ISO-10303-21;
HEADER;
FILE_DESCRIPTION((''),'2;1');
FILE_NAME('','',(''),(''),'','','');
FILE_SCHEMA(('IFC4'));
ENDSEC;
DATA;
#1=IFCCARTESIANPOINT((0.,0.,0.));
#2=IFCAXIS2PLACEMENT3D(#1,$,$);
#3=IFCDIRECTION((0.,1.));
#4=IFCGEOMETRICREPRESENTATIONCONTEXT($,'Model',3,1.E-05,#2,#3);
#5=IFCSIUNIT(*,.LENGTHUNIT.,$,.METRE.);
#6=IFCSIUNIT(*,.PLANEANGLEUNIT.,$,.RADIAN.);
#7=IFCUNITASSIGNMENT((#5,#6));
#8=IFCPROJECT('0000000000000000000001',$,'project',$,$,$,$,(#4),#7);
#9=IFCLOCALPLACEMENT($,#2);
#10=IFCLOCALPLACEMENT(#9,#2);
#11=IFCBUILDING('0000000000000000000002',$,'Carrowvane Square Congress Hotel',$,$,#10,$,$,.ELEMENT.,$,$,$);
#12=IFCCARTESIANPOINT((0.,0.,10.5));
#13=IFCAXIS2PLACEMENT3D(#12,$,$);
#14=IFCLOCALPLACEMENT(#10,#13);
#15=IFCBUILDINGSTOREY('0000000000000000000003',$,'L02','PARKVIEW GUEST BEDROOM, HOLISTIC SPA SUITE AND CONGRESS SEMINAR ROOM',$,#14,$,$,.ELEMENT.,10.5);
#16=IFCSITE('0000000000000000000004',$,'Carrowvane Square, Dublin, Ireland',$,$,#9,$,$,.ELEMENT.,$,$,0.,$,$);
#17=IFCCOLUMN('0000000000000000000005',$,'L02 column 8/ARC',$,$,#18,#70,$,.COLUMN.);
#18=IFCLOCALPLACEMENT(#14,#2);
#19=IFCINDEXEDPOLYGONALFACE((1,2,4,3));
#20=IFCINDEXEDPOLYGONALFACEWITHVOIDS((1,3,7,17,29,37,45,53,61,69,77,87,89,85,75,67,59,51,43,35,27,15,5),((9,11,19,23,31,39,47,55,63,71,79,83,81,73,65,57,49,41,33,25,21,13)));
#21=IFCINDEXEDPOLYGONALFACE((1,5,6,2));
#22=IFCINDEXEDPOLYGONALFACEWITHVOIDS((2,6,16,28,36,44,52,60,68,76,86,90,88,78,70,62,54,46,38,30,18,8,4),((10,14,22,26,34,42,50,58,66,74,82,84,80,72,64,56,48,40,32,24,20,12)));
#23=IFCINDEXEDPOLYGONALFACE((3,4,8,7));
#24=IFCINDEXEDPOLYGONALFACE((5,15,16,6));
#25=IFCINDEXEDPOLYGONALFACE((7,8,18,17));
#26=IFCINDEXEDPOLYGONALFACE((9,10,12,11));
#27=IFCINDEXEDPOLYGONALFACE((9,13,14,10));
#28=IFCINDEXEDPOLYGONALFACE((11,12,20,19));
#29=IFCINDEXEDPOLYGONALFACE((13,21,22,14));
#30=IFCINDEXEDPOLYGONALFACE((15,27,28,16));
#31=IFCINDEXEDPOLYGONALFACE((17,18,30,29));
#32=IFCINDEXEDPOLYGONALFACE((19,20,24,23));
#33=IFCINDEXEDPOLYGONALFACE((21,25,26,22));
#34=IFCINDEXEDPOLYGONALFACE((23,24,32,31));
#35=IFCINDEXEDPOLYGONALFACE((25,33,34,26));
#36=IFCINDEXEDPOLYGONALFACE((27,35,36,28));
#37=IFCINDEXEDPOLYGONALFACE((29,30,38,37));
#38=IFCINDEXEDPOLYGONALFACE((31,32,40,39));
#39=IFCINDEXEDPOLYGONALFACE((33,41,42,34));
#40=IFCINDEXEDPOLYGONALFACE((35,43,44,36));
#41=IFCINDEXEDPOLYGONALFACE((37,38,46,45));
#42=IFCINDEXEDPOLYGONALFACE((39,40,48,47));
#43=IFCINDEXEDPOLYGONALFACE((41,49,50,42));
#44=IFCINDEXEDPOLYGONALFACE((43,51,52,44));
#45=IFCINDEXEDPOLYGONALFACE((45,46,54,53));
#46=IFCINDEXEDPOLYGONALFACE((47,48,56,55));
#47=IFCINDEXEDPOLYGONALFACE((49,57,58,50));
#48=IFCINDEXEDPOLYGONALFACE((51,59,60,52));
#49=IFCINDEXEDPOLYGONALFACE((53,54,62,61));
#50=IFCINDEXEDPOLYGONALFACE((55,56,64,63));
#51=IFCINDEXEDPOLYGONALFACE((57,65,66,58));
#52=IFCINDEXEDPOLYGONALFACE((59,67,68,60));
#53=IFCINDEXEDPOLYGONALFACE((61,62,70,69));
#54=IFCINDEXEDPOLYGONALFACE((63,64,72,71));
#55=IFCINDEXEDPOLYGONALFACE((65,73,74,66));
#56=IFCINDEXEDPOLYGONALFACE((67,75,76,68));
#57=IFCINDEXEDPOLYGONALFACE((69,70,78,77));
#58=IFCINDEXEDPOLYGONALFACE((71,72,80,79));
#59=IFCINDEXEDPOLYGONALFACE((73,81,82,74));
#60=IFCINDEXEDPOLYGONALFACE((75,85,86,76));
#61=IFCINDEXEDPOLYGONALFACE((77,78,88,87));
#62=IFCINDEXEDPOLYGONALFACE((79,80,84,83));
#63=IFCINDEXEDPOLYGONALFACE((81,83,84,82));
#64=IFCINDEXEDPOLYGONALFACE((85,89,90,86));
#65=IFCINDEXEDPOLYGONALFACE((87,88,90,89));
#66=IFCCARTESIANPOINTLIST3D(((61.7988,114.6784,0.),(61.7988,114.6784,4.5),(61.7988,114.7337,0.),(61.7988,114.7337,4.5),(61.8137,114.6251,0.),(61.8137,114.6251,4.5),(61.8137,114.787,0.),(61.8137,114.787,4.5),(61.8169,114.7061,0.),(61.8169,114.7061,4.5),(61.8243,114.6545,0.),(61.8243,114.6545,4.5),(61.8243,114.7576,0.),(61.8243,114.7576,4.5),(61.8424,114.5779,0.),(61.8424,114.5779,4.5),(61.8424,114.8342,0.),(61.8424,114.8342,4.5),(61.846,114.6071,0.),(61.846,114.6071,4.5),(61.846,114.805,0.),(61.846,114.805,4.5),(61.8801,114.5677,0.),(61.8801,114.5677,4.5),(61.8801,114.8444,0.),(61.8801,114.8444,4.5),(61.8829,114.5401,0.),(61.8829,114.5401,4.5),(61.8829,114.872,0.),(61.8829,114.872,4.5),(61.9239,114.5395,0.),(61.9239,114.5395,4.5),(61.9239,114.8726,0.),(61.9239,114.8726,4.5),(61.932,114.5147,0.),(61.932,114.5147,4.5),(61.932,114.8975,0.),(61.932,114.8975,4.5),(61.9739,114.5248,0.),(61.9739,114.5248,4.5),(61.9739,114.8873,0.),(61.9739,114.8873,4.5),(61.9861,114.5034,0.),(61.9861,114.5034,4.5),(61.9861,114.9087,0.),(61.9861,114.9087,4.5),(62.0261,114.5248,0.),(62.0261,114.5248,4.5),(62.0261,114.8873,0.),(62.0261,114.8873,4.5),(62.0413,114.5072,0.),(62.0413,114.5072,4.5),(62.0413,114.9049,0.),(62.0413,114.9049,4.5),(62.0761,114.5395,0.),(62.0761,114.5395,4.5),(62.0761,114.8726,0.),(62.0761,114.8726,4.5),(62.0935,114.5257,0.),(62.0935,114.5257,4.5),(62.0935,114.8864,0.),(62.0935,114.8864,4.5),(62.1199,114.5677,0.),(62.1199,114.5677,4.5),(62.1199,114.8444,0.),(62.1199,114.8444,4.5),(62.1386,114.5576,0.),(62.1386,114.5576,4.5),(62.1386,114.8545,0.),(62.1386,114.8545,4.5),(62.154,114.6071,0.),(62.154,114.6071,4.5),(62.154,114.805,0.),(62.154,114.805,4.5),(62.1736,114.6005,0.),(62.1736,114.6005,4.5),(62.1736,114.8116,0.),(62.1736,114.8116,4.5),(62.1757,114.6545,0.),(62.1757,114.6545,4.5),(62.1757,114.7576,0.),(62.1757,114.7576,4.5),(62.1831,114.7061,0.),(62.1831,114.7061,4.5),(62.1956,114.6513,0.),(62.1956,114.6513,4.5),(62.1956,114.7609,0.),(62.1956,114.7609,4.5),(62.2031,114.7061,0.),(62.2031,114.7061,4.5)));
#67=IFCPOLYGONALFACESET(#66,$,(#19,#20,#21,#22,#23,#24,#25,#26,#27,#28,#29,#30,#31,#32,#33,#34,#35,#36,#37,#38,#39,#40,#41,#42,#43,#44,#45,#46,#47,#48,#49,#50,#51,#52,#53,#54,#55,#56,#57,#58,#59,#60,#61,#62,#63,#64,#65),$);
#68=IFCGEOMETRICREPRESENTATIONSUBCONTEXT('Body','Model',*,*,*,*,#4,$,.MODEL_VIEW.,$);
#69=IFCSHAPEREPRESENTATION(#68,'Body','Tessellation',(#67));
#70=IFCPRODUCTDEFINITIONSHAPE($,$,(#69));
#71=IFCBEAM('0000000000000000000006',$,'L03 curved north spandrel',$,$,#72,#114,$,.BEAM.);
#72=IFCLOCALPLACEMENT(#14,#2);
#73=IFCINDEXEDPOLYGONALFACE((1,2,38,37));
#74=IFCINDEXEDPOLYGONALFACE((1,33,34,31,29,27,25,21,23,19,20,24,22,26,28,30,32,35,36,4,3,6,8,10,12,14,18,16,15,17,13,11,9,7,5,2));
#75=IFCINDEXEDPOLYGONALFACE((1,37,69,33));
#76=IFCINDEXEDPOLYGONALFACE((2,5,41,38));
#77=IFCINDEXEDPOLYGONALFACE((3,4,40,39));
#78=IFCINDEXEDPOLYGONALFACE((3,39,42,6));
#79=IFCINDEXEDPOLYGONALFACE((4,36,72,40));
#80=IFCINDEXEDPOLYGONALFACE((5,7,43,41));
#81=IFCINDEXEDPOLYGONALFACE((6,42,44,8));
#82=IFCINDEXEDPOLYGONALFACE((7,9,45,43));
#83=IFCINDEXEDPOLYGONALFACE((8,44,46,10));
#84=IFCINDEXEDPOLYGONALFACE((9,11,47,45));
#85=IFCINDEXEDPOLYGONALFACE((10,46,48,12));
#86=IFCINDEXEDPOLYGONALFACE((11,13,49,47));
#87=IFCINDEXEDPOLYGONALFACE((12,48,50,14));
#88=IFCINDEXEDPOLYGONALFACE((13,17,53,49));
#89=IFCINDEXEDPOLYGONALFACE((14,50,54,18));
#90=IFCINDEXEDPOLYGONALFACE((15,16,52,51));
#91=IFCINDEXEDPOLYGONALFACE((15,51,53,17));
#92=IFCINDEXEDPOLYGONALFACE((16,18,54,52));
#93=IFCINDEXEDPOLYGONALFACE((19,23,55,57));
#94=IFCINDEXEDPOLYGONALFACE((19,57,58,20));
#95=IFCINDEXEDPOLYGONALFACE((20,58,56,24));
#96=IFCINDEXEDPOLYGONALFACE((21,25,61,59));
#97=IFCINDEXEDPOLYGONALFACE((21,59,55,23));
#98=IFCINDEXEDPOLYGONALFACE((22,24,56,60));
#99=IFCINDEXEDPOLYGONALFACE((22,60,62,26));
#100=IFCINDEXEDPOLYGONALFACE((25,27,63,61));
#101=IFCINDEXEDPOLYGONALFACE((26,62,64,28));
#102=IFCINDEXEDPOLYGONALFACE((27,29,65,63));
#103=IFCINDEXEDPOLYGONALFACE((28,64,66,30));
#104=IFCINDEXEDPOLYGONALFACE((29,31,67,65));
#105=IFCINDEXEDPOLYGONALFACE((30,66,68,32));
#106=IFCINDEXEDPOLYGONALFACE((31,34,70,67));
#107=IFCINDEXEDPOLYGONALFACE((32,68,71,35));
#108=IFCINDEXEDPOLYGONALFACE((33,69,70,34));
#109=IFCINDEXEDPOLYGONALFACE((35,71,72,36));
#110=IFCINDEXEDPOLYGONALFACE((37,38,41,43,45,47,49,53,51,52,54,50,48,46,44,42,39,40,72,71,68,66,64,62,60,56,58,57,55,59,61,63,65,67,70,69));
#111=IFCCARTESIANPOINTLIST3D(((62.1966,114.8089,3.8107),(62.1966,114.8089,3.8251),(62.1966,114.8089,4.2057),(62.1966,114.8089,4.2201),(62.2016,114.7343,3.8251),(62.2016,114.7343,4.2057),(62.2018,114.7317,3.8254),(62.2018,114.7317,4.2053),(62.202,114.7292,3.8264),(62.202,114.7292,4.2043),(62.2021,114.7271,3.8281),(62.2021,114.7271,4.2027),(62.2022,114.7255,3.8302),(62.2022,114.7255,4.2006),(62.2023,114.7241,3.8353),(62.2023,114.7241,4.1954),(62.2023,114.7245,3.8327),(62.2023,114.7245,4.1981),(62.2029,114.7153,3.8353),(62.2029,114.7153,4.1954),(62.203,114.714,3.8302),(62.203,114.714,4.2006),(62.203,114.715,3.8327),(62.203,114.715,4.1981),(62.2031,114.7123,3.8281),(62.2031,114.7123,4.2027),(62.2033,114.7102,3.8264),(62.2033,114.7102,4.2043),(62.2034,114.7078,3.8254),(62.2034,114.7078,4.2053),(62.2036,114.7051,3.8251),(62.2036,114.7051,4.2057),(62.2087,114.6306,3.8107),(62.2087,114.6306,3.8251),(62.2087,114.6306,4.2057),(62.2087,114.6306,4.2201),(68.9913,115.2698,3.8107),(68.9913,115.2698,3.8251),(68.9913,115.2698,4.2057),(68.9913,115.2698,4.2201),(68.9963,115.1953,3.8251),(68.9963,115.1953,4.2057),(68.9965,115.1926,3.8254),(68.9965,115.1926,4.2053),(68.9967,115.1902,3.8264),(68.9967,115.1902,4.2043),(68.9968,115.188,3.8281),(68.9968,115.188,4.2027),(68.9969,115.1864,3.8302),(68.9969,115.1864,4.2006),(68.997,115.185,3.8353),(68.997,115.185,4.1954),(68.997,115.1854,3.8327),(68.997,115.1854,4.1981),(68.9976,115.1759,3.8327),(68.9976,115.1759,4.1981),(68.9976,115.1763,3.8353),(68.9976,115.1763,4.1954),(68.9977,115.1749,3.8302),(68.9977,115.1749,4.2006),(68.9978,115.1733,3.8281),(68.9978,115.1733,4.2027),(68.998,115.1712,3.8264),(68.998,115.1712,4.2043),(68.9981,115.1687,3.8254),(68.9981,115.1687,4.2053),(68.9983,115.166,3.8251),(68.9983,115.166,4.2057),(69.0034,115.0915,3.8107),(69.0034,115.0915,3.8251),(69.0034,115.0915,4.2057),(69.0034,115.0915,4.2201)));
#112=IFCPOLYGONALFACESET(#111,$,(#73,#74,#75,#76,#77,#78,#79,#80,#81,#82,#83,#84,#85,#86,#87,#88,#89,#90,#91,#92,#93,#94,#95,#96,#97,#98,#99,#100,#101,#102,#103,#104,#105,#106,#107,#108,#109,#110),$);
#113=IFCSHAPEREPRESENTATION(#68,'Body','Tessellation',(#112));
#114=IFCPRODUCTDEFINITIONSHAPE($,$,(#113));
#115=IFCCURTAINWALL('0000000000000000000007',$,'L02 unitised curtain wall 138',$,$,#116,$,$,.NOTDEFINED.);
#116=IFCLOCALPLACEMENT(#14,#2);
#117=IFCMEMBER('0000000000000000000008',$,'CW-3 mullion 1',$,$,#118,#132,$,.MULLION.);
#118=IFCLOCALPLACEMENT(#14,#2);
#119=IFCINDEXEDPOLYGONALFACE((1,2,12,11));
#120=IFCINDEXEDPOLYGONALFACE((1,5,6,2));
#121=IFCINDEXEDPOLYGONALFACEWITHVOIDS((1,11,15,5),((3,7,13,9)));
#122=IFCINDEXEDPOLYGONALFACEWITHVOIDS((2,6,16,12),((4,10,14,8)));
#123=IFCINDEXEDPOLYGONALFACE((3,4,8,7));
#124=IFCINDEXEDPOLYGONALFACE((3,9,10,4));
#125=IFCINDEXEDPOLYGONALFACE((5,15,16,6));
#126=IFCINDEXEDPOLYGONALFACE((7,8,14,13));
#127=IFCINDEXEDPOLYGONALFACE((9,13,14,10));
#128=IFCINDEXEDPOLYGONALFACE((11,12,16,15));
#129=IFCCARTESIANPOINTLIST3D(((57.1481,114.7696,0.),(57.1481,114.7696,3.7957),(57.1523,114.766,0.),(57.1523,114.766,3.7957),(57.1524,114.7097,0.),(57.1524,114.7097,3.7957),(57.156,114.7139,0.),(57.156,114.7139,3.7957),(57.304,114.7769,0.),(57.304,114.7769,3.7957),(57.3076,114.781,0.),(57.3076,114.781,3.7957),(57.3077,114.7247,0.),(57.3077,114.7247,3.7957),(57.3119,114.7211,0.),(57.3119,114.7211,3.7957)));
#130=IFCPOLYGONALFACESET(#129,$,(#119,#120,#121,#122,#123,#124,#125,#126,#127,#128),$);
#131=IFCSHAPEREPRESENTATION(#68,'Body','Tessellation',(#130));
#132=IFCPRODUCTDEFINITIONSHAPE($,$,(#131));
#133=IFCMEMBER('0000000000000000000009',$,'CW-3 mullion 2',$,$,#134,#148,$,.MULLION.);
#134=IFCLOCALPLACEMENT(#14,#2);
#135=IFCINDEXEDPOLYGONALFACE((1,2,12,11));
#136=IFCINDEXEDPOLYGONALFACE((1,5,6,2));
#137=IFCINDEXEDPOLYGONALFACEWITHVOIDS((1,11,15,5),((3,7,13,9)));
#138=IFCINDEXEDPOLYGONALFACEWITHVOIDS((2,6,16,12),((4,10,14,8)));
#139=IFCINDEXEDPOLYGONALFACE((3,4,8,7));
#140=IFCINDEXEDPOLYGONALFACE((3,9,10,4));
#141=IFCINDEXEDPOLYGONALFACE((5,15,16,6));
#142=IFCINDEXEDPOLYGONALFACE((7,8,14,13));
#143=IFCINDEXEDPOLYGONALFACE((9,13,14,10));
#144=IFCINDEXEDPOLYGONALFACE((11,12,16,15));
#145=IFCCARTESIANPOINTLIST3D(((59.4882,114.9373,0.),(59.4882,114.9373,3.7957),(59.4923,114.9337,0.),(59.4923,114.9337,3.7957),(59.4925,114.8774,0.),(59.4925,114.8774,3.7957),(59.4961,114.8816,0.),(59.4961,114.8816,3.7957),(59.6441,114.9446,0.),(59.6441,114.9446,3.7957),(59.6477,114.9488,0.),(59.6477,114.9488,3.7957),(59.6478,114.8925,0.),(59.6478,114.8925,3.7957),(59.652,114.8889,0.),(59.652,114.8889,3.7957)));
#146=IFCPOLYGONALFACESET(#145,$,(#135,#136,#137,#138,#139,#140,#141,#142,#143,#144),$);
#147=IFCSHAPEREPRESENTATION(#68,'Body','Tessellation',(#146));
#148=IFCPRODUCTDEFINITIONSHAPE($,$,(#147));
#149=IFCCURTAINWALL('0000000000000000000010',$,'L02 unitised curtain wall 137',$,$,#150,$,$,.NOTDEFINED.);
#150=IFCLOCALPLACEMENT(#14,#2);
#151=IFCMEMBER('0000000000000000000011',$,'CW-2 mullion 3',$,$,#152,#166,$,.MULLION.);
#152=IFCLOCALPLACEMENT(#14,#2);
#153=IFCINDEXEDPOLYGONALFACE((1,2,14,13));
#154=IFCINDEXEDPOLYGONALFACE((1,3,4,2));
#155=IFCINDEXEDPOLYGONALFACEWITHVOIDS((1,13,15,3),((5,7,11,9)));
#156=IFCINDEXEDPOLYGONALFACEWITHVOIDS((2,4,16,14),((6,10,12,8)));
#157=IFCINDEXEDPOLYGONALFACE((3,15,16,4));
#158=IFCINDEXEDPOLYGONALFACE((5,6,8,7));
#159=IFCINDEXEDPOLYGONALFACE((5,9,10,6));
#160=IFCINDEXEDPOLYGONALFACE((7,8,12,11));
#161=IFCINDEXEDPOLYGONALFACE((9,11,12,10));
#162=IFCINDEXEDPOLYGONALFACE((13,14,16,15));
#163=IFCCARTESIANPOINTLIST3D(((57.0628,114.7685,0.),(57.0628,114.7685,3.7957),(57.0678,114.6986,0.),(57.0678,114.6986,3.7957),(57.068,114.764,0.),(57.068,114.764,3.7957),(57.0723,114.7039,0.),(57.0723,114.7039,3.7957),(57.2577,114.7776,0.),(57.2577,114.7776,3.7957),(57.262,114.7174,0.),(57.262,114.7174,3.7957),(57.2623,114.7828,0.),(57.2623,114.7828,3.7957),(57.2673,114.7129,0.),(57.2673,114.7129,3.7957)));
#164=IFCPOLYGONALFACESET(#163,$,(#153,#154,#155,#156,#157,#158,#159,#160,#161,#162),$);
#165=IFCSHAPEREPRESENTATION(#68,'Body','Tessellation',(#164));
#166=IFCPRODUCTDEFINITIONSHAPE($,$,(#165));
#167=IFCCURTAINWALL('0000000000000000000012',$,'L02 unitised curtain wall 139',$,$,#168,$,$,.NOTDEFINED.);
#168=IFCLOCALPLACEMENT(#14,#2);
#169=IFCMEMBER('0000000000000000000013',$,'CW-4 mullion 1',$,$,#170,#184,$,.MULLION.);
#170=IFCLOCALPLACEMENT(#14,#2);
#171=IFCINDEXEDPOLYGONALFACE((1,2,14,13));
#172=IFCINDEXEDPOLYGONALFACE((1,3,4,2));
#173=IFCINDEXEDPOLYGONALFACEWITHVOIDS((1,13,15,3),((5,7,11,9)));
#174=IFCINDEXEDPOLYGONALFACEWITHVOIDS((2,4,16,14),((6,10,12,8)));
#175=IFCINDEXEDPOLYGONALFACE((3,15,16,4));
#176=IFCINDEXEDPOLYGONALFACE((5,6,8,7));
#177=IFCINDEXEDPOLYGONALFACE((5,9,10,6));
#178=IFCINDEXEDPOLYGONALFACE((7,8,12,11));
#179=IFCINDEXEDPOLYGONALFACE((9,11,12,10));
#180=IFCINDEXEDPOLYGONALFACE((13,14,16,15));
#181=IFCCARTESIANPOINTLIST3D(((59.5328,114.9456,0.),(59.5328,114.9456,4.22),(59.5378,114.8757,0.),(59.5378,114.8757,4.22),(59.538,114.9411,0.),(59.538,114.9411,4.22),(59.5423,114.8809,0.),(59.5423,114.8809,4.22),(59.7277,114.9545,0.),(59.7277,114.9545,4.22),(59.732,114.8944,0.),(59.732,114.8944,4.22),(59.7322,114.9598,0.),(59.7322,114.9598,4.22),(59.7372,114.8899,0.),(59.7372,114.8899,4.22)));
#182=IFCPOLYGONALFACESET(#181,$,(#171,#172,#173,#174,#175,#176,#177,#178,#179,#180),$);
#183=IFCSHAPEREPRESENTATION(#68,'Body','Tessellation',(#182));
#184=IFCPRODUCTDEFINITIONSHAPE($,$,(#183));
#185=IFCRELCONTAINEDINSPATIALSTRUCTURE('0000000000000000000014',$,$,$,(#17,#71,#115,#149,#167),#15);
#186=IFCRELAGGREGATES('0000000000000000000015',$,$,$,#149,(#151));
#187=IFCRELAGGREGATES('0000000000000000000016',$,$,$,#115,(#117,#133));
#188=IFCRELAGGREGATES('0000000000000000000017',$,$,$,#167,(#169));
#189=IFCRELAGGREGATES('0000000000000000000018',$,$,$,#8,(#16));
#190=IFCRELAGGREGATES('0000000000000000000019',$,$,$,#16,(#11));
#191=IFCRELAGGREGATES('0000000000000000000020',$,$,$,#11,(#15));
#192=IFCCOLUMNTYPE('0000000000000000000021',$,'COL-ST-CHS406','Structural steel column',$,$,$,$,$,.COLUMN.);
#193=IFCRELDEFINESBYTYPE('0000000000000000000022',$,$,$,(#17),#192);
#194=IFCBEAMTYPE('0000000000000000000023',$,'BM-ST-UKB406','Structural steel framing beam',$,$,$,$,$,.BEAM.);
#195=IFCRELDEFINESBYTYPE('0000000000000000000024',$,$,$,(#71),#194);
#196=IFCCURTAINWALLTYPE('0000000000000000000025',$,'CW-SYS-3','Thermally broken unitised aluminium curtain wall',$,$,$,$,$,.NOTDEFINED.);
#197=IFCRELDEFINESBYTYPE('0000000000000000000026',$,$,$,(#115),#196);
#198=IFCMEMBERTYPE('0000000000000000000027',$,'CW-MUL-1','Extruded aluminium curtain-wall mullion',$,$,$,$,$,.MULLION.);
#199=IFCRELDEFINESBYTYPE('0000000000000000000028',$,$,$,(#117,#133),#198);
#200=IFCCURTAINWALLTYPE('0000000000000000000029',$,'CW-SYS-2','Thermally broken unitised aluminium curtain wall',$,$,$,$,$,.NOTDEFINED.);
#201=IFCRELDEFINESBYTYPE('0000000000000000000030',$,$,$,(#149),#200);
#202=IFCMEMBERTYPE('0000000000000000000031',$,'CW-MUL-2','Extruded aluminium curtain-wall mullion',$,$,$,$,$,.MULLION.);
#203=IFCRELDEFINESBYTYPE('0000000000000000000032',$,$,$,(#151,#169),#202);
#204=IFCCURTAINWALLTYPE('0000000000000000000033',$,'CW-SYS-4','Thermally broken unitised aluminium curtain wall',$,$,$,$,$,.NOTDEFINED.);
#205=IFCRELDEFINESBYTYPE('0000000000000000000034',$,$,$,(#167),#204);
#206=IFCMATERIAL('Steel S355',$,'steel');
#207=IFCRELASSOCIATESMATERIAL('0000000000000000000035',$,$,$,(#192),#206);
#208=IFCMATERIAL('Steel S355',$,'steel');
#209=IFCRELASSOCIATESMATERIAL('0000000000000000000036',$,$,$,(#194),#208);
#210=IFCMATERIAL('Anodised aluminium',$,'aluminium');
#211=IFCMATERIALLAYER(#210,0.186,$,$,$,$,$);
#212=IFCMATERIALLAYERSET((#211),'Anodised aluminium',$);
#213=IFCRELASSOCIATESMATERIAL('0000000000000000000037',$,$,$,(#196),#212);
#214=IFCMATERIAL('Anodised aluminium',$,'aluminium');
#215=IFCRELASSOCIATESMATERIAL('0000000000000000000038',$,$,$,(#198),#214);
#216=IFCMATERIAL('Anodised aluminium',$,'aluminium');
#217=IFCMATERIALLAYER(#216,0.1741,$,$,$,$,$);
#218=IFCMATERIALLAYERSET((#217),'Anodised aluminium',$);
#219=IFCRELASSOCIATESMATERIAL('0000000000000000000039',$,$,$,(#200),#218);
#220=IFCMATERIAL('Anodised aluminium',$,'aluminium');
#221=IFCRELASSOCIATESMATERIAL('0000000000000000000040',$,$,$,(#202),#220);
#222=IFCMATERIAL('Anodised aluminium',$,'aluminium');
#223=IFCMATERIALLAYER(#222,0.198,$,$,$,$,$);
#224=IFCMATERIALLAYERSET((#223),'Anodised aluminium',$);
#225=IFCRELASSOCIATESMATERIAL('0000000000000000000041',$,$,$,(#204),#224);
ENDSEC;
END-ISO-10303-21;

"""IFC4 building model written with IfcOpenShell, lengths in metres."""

from ifc_helpers import new_model, si_unit, direction, frame, origin, origin_2d, place, context, subcontext, project, spatial, hollow_rectangle, hollow_circle, i_section, extrude, material, layer, layer_set, material_profile, profile_set, type_object, element, aggregate, save


model = new_model("IFC4")

# Units and contexts
model_context = context("Model", 3, precision=1e-05, world=origin(), true_north=direction((0.0, 1.0)))
body_context = subcontext(model_context, "Body", "Model", "MODEL_VIEW")
ifc_project = project(units=[si_unit("LENGTHUNIT", "METRE"), si_unit("PLANEANGLEUNIT", "RADIAN")], contexts=[model_context])

# Site, building, storey
site_placement = place(None, origin())
site = spatial("IfcSite", under=ifc_project, at=site_placement, Name="Carrowvane Square, Dublin, Ireland", CompositionType="ELEMENT", RefElevation=0.0)
building_placement = place(site_placement, origin())
building = spatial("IfcBuilding", under=site, at=building_placement, Name="Carrowvane Square Congress Hotel", CompositionType="ELEMENT")
storey_placement = place(building_placement, frame((0.0, 0.0, 10.5)))
storey = spatial("IfcBuildingStorey", under=building, at=storey_placement, Name="L02", Description="PARKVIEW GUEST BEDROOM, HOLISTIC SPA SUITE AND CONGRESS SEMINAR ROOM", CompositionType="ELEMENT", Elevation=10.5)

# Column
ifc_material_1 = material(Name="Steel S355", Category="steel")
ifc_material_profile_1 = material_profile(ifc_material_1, hollow_circle(Radius=0.2031, WallThickness=0.02, at=origin_2d()), Name="CHS 406.4x20")
ifc_profile_set_1 = profile_set([ifc_material_profile_1], Name="Steel S355")
column_type = type_object("IfcColumnType", Name="COL-ST-CHS406", Description="Structural steel column", PredefinedType="COLUMN", material=ifc_profile_set_1)
column_placement = place(storey_placement, frame((62.0, 114.7061, 0.0), z_axis=(0.0, 0.0, 1.0), x_axis=(1.0, 0.0, 0.0)))
element("IfcColumn", 1, at=column_placement, inside=storey, type_object=column_type, Name="L02 column 8/ARC", PredefinedType="COLUMN", context=body_context, shape_type="SweptSolid", body=[
    extrude(hollow_circle(Radius=0.2031, WallThickness=0.02, at=origin_2d()), origin(), (0.0, 0.0, 1.0), 4.5),
])

# Beam
ifc_material_2 = material(Name="Steel S355", Category="steel")
ifc_material_profile_2 = material_profile(ifc_material_2, i_section(OverallWidth=0.1787, OverallDepth=0.4094, WebThickness=0.0088, FlangeThickness=0.0144, FilletRadius=0.0103, at=origin_2d()), Name="UKB 406x178x67")
ifc_profile_set_2 = profile_set([ifc_material_profile_2], Name="Steel S355")
beam_type = type_object("IfcBeamType", Name="BM-ST-UKB406", Description="Structural steel framing beam", PredefinedType="BEAM", material=ifc_profile_set_2)
beam_placement = place(storey_placement, frame((62.2026, 114.7197, 4.0154), z_axis=(0.997707, 0.067682, 0.0), x_axis=(-0.067682, 0.997707, 0.0)))
element("IfcBeam", 2, at=beam_placement, inside=storey, type_object=beam_type, Name="L03 curved north spandrel", PredefinedType="BEAM", context=body_context, shape_type="SweptSolid", body=[
    extrude(i_section(OverallWidth=0.1787, OverallDepth=0.4094, WebThickness=0.0088, FlangeThickness=0.0144, FilletRadius=0.0103, at=origin_2d()), origin(), (0.0, 0.0, 1.0), 6.8103),
])

# Curtain wall, members
ifc_material_3 = material(Name="Anodised aluminium", Category="aluminium")
ifc_layer_1 = layer(ifc_material_3, 0.186)
ifc_layer_set_1 = layer_set([ifc_layer_1], Name="Anodised aluminium")
curtain_wall_type_1 = type_object("IfcCurtainWallType", Name="CW-SYS-3", Description="Thermally broken unitised aluminium curtain wall", PredefinedType="NOTDEFINED", material=ifc_layer_set_1)
curtain_wall_1_placement = place(storey_placement, origin())
curtain_wall_1 = element("IfcCurtainWall", 3, at=curtain_wall_1_placement, inside=storey, type_object=curtain_wall_type_1, Name="L02 unitised curtain wall 138", PredefinedType="NOTDEFINED")
ifc_material_4 = material(Name="Anodised aluminium", Category="aluminium")
ifc_material_profile_3 = material_profile(ifc_material_4, hollow_rectangle(XDim=0.0601, YDim=0.1599, WallThickness=0.0039, at=origin_2d()), Name="CW-ML 60x160x4")
ifc_profile_set_3 = profile_set([ifc_material_profile_3], Name="Anodised aluminium")
member_type_1 = type_object("IfcMemberType", Name="CW-MUL-1", Description="Extruded aluminium curtain-wall mullion", PredefinedType="MULLION", material=ifc_profile_set_3)
member_1_placement = place(storey_placement, frame((57.23, 114.7454, 0.0), z_axis=(0.0, 0.0, 1.0), x_axis=(-0.071532, 0.997438, 0.0)))
member_1 = element("IfcMember", 4, at=member_1_placement, type_object=member_type_1, Name="CW-3 mullion 1", PredefinedType="MULLION", context=body_context, shape_type="SweptSolid", body=[
    extrude(hollow_rectangle(XDim=0.0601, YDim=0.1599, WallThickness=0.0039, at=origin_2d()), origin(), (0.0, 0.0, 1.0), 3.7957),
])
member_2_placement = place(storey_placement, frame((59.5701, 114.9131, 0.0), z_axis=(0.0, 0.0, 1.0), x_axis=(-0.071532, 0.997438, 0.0)))
member_2 = element("IfcMember", 5, at=member_2_placement, type_object=member_type_1, Name="CW-3 mullion 2", PredefinedType="MULLION", context=body_context, shape_type="SweptSolid", body=[
    extrude(hollow_rectangle(XDim=0.0601, YDim=0.1599, WallThickness=0.0039, at=origin_2d()), origin(), (0.0, 0.0, 1.0), 3.7957),
])

# Curtain wall, member
ifc_material_5 = material(Name="Anodised aluminium", Category="aluminium")
ifc_layer_2 = layer(ifc_material_5, 0.1741)
ifc_layer_set_2 = layer_set([ifc_layer_2], Name="Anodised aluminium")
curtain_wall_type_2 = type_object("IfcCurtainWallType", Name="CW-SYS-2", Description="Thermally broken unitised aluminium curtain wall", PredefinedType="NOTDEFINED", material=ifc_layer_set_2)
curtain_wall_2_placement = place(storey_placement, origin())
curtain_wall_2 = element("IfcCurtainWall", 6, at=curtain_wall_2_placement, inside=storey, type_object=curtain_wall_type_2, Name="L02 unitised curtain wall 137", PredefinedType="NOTDEFINED")
ifc_material_6 = material(Name="Anodised aluminium", Category="aluminium")
ifc_material_profile_4 = material_profile(ifc_material_6, hollow_rectangle(XDim=0.0701, YDim=0.2, WallThickness=0.0049, at=origin_2d()), Name="CW-ML 70x200x5")
ifc_profile_set_4 = profile_set([ifc_material_profile_4], Name="Anodised aluminium")
member_type_2 = type_object("IfcMemberType", Name="CW-MUL-2", Description="Extruded aluminium curtain-wall mullion", PredefinedType="MULLION", material=ifc_profile_set_4)
member_3_placement = place(storey_placement, frame((57.165, 114.7407, 0.0), z_axis=(0.0, 0.0, 1.0), x_axis=(-0.071418, 0.997446, 0.0)))
member_3 = element("IfcMember", 7, at=member_3_placement, type_object=member_type_2, Name="CW-2 mullion 3", PredefinedType="MULLION", context=body_context, shape_type="SweptSolid", body=[
    extrude(hollow_rectangle(XDim=0.0701, YDim=0.2, WallThickness=0.0049, at=origin_2d()), origin(), (0.0, 0.0, 1.0), 3.7957),
])
aggregate(curtain_wall_2, [member_3])

# Curtain wall, member
ifc_material_7 = material(Name="Anodised aluminium", Category="aluminium")
ifc_layer_3 = layer(ifc_material_7, 0.198)
ifc_layer_set_3 = layer_set([ifc_layer_3], Name="Anodised aluminium")
curtain_wall_type_3 = type_object("IfcCurtainWallType", Name="CW-SYS-4", Description="Thermally broken unitised aluminium curtain wall", PredefinedType="NOTDEFINED", material=ifc_layer_set_3)
curtain_wall_3_placement = place(storey_placement, origin())
curtain_wall_3 = element("IfcCurtainWall", 8, at=curtain_wall_3_placement, inside=storey, type_object=curtain_wall_type_3, Name="L02 unitised curtain wall 139", PredefinedType="NOTDEFINED")
member_4_placement = place(storey_placement, frame((59.635, 114.9177, 0.0), z_axis=(0.0, 0.0, 1.0), x_axis=(-0.07096, 0.997479, 0.0)))
member_4 = element("IfcMember", 9, at=member_4_placement, type_object=member_type_2, Name="CW-4 mullion 1", PredefinedType="MULLION", context=body_context, shape_type="SweptSolid", body=[
    extrude(hollow_rectangle(XDim=0.0701, YDim=0.2, WallThickness=0.0049, at=origin_2d()), origin(), (0.0, 0.0, 1.0), 4.22),
])

aggregate(curtain_wall_1, [member_1, member_2])
aggregate(curtain_wall_3, [member_4])

save(model, "model.ifc")
